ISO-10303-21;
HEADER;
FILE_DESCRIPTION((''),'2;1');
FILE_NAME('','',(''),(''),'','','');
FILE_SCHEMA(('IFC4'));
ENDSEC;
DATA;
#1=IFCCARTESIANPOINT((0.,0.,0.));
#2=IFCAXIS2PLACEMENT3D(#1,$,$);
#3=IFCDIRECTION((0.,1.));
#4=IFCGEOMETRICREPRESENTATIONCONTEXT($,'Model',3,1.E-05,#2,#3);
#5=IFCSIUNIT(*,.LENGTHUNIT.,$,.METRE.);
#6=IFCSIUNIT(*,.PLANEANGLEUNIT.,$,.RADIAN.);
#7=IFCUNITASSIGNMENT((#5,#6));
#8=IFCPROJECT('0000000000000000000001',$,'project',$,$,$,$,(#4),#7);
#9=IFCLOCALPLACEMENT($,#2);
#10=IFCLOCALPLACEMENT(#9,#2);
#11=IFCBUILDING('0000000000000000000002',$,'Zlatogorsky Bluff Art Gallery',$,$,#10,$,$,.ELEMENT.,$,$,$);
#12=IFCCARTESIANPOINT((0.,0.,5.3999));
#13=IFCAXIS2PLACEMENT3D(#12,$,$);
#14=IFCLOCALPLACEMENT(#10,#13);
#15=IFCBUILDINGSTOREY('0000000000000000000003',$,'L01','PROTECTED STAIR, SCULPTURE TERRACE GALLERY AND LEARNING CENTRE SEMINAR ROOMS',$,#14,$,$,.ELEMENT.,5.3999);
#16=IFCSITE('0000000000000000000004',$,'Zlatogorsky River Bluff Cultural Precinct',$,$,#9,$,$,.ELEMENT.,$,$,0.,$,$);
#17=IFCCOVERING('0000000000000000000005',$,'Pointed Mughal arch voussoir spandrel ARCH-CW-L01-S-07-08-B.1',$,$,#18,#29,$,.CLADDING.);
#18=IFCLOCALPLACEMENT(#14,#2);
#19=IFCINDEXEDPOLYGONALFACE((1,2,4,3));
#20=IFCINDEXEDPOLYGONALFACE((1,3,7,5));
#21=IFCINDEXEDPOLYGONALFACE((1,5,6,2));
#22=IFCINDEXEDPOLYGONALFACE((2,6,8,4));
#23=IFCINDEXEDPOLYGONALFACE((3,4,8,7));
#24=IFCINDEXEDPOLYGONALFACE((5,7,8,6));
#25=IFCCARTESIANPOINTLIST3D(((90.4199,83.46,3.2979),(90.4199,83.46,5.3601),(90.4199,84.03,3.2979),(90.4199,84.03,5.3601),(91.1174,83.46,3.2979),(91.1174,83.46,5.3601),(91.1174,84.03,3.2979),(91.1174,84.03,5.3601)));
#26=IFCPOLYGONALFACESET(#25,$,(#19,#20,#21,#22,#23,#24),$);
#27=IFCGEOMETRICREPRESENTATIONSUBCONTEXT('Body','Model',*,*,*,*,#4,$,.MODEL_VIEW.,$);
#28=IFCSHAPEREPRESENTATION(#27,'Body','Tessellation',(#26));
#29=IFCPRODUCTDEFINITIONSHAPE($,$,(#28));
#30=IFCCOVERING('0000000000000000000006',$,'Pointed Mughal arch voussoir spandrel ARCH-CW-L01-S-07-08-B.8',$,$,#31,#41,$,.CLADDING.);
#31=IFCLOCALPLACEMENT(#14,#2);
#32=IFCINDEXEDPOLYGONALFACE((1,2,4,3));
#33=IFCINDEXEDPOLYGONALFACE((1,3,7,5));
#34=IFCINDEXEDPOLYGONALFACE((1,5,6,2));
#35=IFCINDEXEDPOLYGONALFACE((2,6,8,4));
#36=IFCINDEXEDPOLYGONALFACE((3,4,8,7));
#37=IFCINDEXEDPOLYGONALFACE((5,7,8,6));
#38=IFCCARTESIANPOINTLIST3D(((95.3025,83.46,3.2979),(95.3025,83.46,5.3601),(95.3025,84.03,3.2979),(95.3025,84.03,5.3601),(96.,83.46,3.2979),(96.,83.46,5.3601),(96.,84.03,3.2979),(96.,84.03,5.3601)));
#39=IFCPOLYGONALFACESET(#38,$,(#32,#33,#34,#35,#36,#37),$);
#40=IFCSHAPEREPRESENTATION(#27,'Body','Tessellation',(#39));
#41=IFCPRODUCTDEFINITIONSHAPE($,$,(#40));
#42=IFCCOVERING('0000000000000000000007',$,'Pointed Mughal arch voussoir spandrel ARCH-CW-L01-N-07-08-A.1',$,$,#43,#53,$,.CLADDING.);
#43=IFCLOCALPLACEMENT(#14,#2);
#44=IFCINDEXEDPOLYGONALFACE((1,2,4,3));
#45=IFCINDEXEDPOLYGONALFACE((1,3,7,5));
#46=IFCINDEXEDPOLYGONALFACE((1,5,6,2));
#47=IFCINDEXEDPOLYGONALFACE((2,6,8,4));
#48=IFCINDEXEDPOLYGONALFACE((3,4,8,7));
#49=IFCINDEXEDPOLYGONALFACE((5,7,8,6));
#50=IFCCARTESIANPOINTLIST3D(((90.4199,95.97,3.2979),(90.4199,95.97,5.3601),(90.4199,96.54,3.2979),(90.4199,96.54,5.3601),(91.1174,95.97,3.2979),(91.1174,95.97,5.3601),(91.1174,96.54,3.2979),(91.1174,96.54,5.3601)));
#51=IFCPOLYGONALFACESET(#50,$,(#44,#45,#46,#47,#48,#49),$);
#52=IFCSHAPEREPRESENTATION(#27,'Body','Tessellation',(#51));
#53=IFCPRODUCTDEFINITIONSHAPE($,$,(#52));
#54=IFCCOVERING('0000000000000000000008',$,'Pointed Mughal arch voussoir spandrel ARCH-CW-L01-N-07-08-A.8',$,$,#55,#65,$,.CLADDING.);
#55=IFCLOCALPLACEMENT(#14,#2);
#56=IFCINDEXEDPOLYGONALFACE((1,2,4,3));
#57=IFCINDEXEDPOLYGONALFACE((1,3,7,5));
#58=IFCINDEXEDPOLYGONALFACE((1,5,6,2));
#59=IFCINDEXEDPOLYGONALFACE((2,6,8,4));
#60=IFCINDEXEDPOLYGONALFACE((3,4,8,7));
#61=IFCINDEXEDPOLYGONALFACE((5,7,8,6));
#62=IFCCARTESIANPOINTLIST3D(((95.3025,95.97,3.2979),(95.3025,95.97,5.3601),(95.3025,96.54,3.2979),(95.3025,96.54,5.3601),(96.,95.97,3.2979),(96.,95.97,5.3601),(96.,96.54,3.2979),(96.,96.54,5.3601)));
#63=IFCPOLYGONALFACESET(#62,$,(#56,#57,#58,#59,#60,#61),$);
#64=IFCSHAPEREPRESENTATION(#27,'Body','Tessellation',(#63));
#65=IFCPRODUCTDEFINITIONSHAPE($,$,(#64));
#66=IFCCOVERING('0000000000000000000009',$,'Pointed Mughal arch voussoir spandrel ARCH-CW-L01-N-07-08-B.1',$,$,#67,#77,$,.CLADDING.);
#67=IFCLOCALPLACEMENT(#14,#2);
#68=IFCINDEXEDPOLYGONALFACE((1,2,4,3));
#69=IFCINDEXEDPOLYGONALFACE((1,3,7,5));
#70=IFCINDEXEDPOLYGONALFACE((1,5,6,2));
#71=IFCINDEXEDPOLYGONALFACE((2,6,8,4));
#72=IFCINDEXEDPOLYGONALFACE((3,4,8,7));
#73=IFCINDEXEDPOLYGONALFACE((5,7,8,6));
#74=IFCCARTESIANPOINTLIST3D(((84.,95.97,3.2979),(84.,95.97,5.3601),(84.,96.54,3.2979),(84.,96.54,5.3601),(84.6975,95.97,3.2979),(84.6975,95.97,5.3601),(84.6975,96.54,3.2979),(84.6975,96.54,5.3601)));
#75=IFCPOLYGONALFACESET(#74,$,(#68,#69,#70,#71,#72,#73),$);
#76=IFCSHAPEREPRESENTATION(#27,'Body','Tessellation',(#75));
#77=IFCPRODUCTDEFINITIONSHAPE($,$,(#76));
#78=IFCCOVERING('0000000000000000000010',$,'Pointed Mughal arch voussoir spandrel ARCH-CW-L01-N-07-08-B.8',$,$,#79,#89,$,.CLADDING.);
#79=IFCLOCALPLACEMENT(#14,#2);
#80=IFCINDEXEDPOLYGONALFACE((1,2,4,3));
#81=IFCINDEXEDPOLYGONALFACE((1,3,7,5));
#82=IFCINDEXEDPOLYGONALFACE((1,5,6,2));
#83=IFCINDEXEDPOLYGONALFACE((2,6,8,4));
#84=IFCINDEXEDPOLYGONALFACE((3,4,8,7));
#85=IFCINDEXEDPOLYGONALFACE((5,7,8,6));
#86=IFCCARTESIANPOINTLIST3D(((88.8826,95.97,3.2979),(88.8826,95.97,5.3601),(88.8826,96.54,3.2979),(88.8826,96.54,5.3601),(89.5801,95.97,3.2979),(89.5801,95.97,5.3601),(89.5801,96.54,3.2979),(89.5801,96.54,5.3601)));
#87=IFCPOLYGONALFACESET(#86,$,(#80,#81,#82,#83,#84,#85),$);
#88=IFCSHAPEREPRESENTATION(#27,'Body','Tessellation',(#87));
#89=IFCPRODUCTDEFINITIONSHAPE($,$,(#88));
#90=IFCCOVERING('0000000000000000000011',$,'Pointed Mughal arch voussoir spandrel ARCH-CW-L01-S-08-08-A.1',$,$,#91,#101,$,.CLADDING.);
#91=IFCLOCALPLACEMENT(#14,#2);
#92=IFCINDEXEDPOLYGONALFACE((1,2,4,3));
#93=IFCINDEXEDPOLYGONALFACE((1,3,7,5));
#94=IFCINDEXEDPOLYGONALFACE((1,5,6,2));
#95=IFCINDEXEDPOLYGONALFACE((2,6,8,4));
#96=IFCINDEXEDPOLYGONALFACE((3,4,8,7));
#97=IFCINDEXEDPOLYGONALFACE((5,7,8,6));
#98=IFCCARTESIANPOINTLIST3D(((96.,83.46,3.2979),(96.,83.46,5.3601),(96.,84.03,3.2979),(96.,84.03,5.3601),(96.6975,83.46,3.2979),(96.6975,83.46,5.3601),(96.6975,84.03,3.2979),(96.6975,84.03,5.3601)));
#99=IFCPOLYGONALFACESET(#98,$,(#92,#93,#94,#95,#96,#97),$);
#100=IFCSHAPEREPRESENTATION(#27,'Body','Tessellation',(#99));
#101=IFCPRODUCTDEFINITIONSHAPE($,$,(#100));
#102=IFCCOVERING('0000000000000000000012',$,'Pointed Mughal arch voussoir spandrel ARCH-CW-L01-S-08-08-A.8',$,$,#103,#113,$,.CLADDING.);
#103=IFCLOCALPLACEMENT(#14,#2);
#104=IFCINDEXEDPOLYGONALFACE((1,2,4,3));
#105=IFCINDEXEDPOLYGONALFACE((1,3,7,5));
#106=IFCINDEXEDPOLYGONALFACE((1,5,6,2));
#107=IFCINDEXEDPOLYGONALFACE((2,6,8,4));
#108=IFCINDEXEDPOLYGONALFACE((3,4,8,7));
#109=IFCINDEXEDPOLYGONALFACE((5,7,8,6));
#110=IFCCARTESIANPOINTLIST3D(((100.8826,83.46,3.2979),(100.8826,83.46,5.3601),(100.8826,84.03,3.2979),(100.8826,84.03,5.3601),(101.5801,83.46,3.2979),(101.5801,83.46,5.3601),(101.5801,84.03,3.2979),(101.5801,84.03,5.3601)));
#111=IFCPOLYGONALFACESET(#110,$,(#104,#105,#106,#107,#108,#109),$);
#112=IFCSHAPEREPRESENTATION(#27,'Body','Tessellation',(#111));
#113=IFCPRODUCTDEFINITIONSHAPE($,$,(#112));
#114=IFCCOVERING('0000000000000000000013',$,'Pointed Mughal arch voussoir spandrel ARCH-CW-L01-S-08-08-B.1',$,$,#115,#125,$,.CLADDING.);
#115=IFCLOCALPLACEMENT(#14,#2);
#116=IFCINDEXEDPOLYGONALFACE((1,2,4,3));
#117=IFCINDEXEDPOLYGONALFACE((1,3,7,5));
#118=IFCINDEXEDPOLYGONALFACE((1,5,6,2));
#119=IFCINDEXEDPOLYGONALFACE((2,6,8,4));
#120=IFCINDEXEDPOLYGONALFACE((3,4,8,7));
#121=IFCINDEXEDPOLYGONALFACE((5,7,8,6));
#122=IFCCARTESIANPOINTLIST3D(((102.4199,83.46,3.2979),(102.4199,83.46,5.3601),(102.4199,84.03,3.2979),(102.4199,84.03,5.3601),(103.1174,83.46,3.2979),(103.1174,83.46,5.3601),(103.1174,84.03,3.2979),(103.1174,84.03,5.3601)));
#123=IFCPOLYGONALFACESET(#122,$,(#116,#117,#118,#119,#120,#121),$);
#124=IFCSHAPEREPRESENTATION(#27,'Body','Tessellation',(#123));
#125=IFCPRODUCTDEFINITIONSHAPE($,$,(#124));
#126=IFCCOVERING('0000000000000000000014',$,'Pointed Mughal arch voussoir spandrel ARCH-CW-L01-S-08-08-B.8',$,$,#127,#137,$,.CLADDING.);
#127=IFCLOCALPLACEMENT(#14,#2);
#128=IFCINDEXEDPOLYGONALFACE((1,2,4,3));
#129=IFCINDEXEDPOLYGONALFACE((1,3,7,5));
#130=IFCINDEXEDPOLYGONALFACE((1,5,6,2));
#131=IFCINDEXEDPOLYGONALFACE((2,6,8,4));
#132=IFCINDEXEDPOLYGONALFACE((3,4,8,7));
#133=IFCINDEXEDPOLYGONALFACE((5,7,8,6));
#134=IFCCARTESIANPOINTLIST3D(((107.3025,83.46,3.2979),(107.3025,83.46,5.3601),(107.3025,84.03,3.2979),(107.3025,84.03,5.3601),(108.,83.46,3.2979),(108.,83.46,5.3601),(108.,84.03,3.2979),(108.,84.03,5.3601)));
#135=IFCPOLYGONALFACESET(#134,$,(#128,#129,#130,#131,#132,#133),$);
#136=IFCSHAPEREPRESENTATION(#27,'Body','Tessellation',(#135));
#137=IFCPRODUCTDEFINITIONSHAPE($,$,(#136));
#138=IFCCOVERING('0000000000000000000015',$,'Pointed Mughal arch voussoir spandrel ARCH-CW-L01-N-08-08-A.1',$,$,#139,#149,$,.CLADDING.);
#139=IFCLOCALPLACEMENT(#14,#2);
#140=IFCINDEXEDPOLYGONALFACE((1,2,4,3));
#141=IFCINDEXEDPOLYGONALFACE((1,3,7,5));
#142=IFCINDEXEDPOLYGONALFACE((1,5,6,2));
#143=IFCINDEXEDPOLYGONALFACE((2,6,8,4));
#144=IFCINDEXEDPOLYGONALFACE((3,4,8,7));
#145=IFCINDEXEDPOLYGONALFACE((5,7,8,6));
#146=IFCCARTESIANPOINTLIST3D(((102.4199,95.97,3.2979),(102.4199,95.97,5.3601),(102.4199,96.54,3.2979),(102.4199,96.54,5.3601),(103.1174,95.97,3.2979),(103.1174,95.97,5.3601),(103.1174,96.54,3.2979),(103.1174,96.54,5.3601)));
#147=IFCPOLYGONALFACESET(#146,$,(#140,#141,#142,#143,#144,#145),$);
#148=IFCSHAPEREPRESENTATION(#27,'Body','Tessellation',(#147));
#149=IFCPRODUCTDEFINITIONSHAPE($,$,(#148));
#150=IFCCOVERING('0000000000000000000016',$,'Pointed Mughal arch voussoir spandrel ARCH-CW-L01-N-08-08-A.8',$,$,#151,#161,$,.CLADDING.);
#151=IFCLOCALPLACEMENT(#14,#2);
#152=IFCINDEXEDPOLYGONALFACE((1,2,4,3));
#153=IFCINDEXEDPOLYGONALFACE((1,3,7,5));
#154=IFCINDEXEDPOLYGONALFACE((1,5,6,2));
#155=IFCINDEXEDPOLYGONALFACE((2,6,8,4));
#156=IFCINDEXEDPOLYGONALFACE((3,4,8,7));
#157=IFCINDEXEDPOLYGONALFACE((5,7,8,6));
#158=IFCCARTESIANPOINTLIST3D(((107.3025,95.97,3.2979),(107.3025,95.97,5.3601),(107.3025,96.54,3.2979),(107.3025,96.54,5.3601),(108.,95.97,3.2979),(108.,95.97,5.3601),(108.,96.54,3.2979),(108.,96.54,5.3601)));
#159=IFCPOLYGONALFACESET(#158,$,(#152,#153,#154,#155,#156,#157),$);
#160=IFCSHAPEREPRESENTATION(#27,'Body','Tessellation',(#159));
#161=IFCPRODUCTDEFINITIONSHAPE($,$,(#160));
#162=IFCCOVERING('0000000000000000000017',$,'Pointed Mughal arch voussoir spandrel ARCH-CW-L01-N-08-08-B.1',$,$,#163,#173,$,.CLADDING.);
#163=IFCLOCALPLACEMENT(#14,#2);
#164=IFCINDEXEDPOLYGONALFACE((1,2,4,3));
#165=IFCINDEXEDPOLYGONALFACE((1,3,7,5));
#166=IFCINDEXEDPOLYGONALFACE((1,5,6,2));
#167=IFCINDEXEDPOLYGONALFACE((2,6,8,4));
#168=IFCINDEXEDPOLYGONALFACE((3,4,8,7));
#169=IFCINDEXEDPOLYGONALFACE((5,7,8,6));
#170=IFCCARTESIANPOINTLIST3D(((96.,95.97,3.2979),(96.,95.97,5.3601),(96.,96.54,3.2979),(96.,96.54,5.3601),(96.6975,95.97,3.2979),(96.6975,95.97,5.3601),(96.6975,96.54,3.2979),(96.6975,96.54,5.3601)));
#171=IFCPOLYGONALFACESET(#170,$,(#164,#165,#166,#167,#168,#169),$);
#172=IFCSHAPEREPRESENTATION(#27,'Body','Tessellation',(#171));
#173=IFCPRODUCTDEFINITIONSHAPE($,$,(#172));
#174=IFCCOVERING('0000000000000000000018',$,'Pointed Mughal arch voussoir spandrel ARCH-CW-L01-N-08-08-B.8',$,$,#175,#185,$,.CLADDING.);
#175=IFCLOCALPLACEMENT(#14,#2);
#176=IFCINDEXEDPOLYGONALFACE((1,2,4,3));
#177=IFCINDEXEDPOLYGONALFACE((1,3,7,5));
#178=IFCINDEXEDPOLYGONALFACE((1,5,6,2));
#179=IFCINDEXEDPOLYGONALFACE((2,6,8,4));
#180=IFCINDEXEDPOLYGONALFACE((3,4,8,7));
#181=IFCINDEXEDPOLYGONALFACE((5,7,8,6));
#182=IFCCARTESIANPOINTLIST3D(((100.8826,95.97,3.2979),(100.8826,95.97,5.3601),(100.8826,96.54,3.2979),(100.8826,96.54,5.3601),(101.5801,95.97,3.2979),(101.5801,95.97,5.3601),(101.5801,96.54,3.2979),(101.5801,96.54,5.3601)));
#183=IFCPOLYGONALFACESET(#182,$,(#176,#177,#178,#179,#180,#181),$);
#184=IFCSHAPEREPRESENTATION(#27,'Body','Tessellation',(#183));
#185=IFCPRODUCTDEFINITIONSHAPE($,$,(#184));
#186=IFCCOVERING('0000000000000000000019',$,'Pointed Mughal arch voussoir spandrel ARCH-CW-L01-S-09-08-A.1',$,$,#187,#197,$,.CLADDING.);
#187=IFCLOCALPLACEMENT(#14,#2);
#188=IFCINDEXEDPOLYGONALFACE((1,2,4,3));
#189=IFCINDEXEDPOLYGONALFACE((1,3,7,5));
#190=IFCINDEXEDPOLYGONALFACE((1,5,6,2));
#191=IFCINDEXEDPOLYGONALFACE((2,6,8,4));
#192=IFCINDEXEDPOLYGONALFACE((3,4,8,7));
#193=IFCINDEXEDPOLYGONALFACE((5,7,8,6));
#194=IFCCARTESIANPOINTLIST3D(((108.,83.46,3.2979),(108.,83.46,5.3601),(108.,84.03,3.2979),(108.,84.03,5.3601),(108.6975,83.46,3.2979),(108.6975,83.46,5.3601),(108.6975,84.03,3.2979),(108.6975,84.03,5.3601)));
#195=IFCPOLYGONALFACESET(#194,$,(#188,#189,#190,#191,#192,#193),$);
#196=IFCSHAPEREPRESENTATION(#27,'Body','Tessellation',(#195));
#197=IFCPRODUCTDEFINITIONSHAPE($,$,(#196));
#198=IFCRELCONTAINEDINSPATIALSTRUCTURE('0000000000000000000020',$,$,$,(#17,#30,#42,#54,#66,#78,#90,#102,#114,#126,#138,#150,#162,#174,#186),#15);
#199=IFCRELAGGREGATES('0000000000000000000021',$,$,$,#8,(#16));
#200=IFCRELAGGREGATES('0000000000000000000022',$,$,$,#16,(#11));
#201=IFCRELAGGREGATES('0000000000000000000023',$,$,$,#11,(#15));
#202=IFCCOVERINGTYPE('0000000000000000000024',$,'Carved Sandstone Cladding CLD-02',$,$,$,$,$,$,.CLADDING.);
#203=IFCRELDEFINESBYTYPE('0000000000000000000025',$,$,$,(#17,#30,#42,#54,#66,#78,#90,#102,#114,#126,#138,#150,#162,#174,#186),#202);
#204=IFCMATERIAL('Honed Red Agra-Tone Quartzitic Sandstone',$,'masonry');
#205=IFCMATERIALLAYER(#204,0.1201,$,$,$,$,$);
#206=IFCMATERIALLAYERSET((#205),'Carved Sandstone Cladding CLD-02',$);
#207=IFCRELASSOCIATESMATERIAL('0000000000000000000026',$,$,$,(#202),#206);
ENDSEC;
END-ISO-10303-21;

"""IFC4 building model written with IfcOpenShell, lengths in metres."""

from ifc_helpers import new_model, si_unit, direction, frame, origin, place, context, subcontext, project, spatial, polyline, outline, extrude, material, layer, layer_set, type_object, element, save


model = new_model("IFC4")

# Units and contexts
model_context = context("Model", 3, precision=1e-05, world=origin(), true_north=direction((0.0, 1.0)))
body_context = subcontext(model_context, "Body", "Model", "MODEL_VIEW")
ifc_project = project(units=[si_unit("LENGTHUNIT", "METRE"), si_unit("PLANEANGLEUNIT", "RADIAN")], contexts=[model_context])

# Site, building, storey
site_placement = place(None, origin())
site = spatial("IfcSite", under=ifc_project, at=site_placement, Name="Zlatogorsky River Bluff Cultural Precinct", CompositionType="ELEMENT", RefElevation=0.0)
building_placement = place(site_placement, origin())
building = spatial("IfcBuilding", under=site, at=building_placement, Name="Zlatogorsky Bluff Art Gallery", CompositionType="ELEMENT")
storey_placement = place(building_placement, frame((0.0, 0.0, 5.3999)))
storey = spatial("IfcBuildingStorey", under=building, at=storey_placement, Name="L01", Description="PROTECTED STAIR, SCULPTURE TERRACE GALLERY AND LEARNING CENTRE SEMINAR ROOMS", CompositionType="ELEMENT", Elevation=5.3999)

# Coverings
ifc_material = material(Name="Honed Red Agra-Tone Quartzitic Sandstone", Category="masonry")
ifc_layer = layer(ifc_material, 0.1201)
ifc_layer_set = layer_set([ifc_layer], Name="Carved Sandstone Cladding CLD-02")
covering_type = type_object("IfcCoveringType", Name="Carved Sandstone Cladding CLD-02", PredefinedType="CLADDING", material=ifc_layer_set)
covering_1_placement = place(storey_placement, frame((0.0, 0.0, 3.2979)))
element("IfcCovering", 1, at=covering_1_placement, inside=storey, type_object=covering_type, Name="Pointed Mughal arch voussoir spandrel ARCH-CW-L01-S-07-08-B.1", PredefinedType="CLADDING", context=body_context, shape_type="SweptSolid", body=[
    extrude(outline(polyline([(90.4199, 83.46), (91.1174, 83.46), (91.1174, 84.03), (90.4199, 84.03), (90.4199, 83.46)])), origin(), (0.0, 0.0, 1.0), 2.0623),
])
covering_2_placement = place(storey_placement, frame((0.0, 0.0, 3.2979)))
element("IfcCovering", 2, at=covering_2_placement, inside=storey, type_object=covering_type, Name="Pointed Mughal arch voussoir spandrel ARCH-CW-L01-S-07-08-B.8", PredefinedType="CLADDING", context=body_context, shape_type="SweptSolid", body=[
    extrude(outline(polyline([(95.3025, 83.46), (96.0, 83.46), (96.0, 84.03), (95.3025, 84.03), (95.3025, 83.46)])), origin(), (0.0, 0.0, 1.0), 2.0623),
])
covering_3_placement = place(storey_placement, frame((0.0, 0.0, 3.2979)))
element("IfcCovering", 3, at=covering_3_placement, inside=storey, type_object=covering_type, Name="Pointed Mughal arch voussoir spandrel ARCH-CW-L01-N-07-08-A.1", PredefinedType="CLADDING", context=body_context, shape_type="SweptSolid", body=[
    extrude(outline(polyline([(90.4199, 95.97), (91.1174, 95.97), (91.1174, 96.54), (90.4199, 96.54), (90.4199, 95.97)])), origin(), (0.0, 0.0, 1.0), 2.0623),
])
covering_4_placement = place(storey_placement, frame((0.0, 0.0, 3.2979)))
element("IfcCovering", 4, at=covering_4_placement, inside=storey, type_object=covering_type, Name="Pointed Mughal arch voussoir spandrel ARCH-CW-L01-N-07-08-A.8", PredefinedType="CLADDING", context=body_context, shape_type="SweptSolid", body=[
    extrude(outline(polyline([(95.3025, 95.97), (96.0, 95.97), (96.0, 96.54), (95.3025, 96.54), (95.3025, 95.97)])), origin(), (0.0, 0.0, 1.0), 2.0623),
])
covering_5_placement = place(storey_placement, frame((0.0, 0.0, 3.2979)))
element("IfcCovering", 5, at=covering_5_placement, inside=storey, type_object=covering_type, Name="Pointed Mughal arch voussoir spandrel ARCH-CW-L01-N-07-08-B.1", PredefinedType="CLADDING", context=body_context, shape_type="SweptSolid", body=[
    extrude(outline(polyline([(84.0, 95.97), (84.6975, 95.97), (84.6975, 96.54), (84.0, 96.54), (84.0, 95.97)])), origin(), (0.0, 0.0, 1.0), 2.0623),
])
covering_6_placement = place(storey_placement, frame((0.0, 0.0, 3.2979)))
element("IfcCovering", 6, at=covering_6_placement, inside=storey, type_object=covering_type, Name="Pointed Mughal arch voussoir spandrel ARCH-CW-L01-N-07-08-B.8", PredefinedType="CLADDING", context=body_context, shape_type="SweptSolid", body=[
    extrude(outline(polyline([(88.8826, 95.97), (89.5801, 95.97), (89.5801, 96.54), (88.8826, 96.54), (88.8826, 95.97)])), origin(), (0.0, 0.0, 1.0), 2.0623),
])
covering_7_placement = place(storey_placement, frame((0.0, 0.0, 3.2979)))
element("IfcCovering", 7, at=covering_7_placement, inside=storey, type_object=covering_type, Name="Pointed Mughal arch voussoir spandrel ARCH-CW-L01-S-08-08-A.1", PredefinedType="CLADDING", context=body_context, shape_type="SweptSolid", body=[
    extrude(outline(polyline([(96.0, 83.46), (96.6975, 83.46), (96.6975, 84.03), (96.0, 84.03), (96.0, 83.46)])), origin(), (0.0, 0.0, 1.0), 2.0623),
])
covering_8_placement = place(storey_placement, frame((0.0, 0.0, 3.2979)))
element("IfcCovering", 8, at=covering_8_placement, inside=storey, type_object=covering_type, Name="Pointed Mughal arch voussoir spandrel ARCH-CW-L01-S-08-08-A.8", PredefinedType="CLADDING", context=body_context, shape_type="SweptSolid", body=[
    extrude(outline(polyline([(100.8826, 83.46), (101.5801, 83.46), (101.5801, 84.03), (100.8826, 84.03), (100.8826, 83.46)])), origin(), (0.0, 0.0, 1.0), 2.0623),
])
covering_9_placement = place(storey_placement, frame((0.0, 0.0, 3.2979)))
element("IfcCovering", 9, at=covering_9_placement, inside=storey, type_object=covering_type, Name="Pointed Mughal arch voussoir spandrel ARCH-CW-L01-S-08-08-B.1", PredefinedType="CLADDING", context=body_context, shape_type="SweptSolid", body=[
    extrude(outline(polyline([(102.4199, 83.46), (103.1174, 83.46), (103.1174, 84.03), (102.4199, 84.03), (102.4199, 83.46)])), origin(), (0.0, 0.0, 1.0), 2.0623),
])
covering_10_placement = place(storey_placement, frame((0.0, 0.0, 3.2979)))
element("IfcCovering", 10, at=covering_10_placement, inside=storey, type_object=covering_type, Name="Pointed Mughal arch voussoir spandrel ARCH-CW-L01-S-08-08-B.8", PredefinedType="CLADDING", context=body_context, shape_type="SweptSolid", body=[
    extrude(outline(polyline([(107.3025, 83.46), (108.0, 83.46), (108.0, 84.03), (107.3025, 84.03), (107.3025, 83.46)])), origin(), (0.0, 0.0, 1.0), 2.0623),
])
covering_11_placement = place(storey_placement, frame((0.0, 0.0, 3.2979)))
element("IfcCovering", 11, at=covering_11_placement, inside=storey, type_object=covering_type, Name="Pointed Mughal arch voussoir spandrel ARCH-CW-L01-N-08-08-A.1", PredefinedType="CLADDING", context=body_context, shape_type="SweptSolid", body=[
    extrude(outline(polyline([(102.4199, 95.97), (103.1174, 95.97), (103.1174, 96.54), (102.4199, 96.54), (102.4199, 95.97)])), origin(), (0.0, 0.0, 1.0), 2.0623),
])
covering_12_placement = place(storey_placement, frame((0.0, 0.0, 3.2979)))
element("IfcCovering", 12, at=covering_12_placement, inside=storey, type_object=covering_type, Name="Pointed Mughal arch voussoir spandrel ARCH-CW-L01-N-08-08-A.8", PredefinedType="CLADDING", context=body_context, shape_type="SweptSolid", body=[
    extrude(outline(polyline([(107.3025, 95.97), (108.0, 95.97), (108.0, 96.54), (107.3025, 96.54), (107.3025, 95.97)])), origin(), (0.0, 0.0, 1.0), 2.0623),
])
covering_13_placement = place(storey_placement, frame((0.0, 0.0, 3.2979)))
element("IfcCovering", 13, at=covering_13_placement, inside=storey, type_object=covering_type, Name="Pointed Mughal arch voussoir spandrel ARCH-CW-L01-N-08-08-B.1", PredefinedType="CLADDING", context=body_context, shape_type="SweptSolid", body=[
    extrude(outline(polyline([(96.0, 95.97), (96.6975, 95.97), (96.6975, 96.54), (96.0, 96.54), (96.0, 95.97)])), origin(), (0.0, 0.0, 1.0), 2.0623),
])
covering_14_placement = place(storey_placement, frame((0.0, 0.0, 3.2979)))
element("IfcCovering", 14, at=covering_14_placement, inside=storey, type_object=covering_type, Name="Pointed Mughal arch voussoir spandrel ARCH-CW-L01-N-08-08-B.8", PredefinedType="CLADDING", context=body_context, shape_type="SweptSolid", body=[
    extrude(outline(polyline([(100.8826, 95.97), (101.5801, 95.97), (101.5801, 96.54), (100.8826, 96.54), (100.8826, 95.97)])), origin(), (0.0, 0.0, 1.0), 2.0623),
])
covering_15_placement = place(storey_placement, frame((0.0, 0.0, 3.2979)))
element("IfcCovering", 15, at=covering_15_placement, inside=storey, type_object=covering_type, Name="Pointed Mughal arch voussoir spandrel ARCH-CW-L01-S-09-08-A.1", PredefinedType="CLADDING", context=body_context, shape_type="SweptSolid", body=[
    extrude(outline(polyline([(108.0, 83.46), (108.6975, 83.46), (108.6975, 84.03), (108.0, 84.03), (108.0, 83.46)])), origin(), (0.0, 0.0, 1.0), 2.0623),
])

save(model, "model.ifc")
